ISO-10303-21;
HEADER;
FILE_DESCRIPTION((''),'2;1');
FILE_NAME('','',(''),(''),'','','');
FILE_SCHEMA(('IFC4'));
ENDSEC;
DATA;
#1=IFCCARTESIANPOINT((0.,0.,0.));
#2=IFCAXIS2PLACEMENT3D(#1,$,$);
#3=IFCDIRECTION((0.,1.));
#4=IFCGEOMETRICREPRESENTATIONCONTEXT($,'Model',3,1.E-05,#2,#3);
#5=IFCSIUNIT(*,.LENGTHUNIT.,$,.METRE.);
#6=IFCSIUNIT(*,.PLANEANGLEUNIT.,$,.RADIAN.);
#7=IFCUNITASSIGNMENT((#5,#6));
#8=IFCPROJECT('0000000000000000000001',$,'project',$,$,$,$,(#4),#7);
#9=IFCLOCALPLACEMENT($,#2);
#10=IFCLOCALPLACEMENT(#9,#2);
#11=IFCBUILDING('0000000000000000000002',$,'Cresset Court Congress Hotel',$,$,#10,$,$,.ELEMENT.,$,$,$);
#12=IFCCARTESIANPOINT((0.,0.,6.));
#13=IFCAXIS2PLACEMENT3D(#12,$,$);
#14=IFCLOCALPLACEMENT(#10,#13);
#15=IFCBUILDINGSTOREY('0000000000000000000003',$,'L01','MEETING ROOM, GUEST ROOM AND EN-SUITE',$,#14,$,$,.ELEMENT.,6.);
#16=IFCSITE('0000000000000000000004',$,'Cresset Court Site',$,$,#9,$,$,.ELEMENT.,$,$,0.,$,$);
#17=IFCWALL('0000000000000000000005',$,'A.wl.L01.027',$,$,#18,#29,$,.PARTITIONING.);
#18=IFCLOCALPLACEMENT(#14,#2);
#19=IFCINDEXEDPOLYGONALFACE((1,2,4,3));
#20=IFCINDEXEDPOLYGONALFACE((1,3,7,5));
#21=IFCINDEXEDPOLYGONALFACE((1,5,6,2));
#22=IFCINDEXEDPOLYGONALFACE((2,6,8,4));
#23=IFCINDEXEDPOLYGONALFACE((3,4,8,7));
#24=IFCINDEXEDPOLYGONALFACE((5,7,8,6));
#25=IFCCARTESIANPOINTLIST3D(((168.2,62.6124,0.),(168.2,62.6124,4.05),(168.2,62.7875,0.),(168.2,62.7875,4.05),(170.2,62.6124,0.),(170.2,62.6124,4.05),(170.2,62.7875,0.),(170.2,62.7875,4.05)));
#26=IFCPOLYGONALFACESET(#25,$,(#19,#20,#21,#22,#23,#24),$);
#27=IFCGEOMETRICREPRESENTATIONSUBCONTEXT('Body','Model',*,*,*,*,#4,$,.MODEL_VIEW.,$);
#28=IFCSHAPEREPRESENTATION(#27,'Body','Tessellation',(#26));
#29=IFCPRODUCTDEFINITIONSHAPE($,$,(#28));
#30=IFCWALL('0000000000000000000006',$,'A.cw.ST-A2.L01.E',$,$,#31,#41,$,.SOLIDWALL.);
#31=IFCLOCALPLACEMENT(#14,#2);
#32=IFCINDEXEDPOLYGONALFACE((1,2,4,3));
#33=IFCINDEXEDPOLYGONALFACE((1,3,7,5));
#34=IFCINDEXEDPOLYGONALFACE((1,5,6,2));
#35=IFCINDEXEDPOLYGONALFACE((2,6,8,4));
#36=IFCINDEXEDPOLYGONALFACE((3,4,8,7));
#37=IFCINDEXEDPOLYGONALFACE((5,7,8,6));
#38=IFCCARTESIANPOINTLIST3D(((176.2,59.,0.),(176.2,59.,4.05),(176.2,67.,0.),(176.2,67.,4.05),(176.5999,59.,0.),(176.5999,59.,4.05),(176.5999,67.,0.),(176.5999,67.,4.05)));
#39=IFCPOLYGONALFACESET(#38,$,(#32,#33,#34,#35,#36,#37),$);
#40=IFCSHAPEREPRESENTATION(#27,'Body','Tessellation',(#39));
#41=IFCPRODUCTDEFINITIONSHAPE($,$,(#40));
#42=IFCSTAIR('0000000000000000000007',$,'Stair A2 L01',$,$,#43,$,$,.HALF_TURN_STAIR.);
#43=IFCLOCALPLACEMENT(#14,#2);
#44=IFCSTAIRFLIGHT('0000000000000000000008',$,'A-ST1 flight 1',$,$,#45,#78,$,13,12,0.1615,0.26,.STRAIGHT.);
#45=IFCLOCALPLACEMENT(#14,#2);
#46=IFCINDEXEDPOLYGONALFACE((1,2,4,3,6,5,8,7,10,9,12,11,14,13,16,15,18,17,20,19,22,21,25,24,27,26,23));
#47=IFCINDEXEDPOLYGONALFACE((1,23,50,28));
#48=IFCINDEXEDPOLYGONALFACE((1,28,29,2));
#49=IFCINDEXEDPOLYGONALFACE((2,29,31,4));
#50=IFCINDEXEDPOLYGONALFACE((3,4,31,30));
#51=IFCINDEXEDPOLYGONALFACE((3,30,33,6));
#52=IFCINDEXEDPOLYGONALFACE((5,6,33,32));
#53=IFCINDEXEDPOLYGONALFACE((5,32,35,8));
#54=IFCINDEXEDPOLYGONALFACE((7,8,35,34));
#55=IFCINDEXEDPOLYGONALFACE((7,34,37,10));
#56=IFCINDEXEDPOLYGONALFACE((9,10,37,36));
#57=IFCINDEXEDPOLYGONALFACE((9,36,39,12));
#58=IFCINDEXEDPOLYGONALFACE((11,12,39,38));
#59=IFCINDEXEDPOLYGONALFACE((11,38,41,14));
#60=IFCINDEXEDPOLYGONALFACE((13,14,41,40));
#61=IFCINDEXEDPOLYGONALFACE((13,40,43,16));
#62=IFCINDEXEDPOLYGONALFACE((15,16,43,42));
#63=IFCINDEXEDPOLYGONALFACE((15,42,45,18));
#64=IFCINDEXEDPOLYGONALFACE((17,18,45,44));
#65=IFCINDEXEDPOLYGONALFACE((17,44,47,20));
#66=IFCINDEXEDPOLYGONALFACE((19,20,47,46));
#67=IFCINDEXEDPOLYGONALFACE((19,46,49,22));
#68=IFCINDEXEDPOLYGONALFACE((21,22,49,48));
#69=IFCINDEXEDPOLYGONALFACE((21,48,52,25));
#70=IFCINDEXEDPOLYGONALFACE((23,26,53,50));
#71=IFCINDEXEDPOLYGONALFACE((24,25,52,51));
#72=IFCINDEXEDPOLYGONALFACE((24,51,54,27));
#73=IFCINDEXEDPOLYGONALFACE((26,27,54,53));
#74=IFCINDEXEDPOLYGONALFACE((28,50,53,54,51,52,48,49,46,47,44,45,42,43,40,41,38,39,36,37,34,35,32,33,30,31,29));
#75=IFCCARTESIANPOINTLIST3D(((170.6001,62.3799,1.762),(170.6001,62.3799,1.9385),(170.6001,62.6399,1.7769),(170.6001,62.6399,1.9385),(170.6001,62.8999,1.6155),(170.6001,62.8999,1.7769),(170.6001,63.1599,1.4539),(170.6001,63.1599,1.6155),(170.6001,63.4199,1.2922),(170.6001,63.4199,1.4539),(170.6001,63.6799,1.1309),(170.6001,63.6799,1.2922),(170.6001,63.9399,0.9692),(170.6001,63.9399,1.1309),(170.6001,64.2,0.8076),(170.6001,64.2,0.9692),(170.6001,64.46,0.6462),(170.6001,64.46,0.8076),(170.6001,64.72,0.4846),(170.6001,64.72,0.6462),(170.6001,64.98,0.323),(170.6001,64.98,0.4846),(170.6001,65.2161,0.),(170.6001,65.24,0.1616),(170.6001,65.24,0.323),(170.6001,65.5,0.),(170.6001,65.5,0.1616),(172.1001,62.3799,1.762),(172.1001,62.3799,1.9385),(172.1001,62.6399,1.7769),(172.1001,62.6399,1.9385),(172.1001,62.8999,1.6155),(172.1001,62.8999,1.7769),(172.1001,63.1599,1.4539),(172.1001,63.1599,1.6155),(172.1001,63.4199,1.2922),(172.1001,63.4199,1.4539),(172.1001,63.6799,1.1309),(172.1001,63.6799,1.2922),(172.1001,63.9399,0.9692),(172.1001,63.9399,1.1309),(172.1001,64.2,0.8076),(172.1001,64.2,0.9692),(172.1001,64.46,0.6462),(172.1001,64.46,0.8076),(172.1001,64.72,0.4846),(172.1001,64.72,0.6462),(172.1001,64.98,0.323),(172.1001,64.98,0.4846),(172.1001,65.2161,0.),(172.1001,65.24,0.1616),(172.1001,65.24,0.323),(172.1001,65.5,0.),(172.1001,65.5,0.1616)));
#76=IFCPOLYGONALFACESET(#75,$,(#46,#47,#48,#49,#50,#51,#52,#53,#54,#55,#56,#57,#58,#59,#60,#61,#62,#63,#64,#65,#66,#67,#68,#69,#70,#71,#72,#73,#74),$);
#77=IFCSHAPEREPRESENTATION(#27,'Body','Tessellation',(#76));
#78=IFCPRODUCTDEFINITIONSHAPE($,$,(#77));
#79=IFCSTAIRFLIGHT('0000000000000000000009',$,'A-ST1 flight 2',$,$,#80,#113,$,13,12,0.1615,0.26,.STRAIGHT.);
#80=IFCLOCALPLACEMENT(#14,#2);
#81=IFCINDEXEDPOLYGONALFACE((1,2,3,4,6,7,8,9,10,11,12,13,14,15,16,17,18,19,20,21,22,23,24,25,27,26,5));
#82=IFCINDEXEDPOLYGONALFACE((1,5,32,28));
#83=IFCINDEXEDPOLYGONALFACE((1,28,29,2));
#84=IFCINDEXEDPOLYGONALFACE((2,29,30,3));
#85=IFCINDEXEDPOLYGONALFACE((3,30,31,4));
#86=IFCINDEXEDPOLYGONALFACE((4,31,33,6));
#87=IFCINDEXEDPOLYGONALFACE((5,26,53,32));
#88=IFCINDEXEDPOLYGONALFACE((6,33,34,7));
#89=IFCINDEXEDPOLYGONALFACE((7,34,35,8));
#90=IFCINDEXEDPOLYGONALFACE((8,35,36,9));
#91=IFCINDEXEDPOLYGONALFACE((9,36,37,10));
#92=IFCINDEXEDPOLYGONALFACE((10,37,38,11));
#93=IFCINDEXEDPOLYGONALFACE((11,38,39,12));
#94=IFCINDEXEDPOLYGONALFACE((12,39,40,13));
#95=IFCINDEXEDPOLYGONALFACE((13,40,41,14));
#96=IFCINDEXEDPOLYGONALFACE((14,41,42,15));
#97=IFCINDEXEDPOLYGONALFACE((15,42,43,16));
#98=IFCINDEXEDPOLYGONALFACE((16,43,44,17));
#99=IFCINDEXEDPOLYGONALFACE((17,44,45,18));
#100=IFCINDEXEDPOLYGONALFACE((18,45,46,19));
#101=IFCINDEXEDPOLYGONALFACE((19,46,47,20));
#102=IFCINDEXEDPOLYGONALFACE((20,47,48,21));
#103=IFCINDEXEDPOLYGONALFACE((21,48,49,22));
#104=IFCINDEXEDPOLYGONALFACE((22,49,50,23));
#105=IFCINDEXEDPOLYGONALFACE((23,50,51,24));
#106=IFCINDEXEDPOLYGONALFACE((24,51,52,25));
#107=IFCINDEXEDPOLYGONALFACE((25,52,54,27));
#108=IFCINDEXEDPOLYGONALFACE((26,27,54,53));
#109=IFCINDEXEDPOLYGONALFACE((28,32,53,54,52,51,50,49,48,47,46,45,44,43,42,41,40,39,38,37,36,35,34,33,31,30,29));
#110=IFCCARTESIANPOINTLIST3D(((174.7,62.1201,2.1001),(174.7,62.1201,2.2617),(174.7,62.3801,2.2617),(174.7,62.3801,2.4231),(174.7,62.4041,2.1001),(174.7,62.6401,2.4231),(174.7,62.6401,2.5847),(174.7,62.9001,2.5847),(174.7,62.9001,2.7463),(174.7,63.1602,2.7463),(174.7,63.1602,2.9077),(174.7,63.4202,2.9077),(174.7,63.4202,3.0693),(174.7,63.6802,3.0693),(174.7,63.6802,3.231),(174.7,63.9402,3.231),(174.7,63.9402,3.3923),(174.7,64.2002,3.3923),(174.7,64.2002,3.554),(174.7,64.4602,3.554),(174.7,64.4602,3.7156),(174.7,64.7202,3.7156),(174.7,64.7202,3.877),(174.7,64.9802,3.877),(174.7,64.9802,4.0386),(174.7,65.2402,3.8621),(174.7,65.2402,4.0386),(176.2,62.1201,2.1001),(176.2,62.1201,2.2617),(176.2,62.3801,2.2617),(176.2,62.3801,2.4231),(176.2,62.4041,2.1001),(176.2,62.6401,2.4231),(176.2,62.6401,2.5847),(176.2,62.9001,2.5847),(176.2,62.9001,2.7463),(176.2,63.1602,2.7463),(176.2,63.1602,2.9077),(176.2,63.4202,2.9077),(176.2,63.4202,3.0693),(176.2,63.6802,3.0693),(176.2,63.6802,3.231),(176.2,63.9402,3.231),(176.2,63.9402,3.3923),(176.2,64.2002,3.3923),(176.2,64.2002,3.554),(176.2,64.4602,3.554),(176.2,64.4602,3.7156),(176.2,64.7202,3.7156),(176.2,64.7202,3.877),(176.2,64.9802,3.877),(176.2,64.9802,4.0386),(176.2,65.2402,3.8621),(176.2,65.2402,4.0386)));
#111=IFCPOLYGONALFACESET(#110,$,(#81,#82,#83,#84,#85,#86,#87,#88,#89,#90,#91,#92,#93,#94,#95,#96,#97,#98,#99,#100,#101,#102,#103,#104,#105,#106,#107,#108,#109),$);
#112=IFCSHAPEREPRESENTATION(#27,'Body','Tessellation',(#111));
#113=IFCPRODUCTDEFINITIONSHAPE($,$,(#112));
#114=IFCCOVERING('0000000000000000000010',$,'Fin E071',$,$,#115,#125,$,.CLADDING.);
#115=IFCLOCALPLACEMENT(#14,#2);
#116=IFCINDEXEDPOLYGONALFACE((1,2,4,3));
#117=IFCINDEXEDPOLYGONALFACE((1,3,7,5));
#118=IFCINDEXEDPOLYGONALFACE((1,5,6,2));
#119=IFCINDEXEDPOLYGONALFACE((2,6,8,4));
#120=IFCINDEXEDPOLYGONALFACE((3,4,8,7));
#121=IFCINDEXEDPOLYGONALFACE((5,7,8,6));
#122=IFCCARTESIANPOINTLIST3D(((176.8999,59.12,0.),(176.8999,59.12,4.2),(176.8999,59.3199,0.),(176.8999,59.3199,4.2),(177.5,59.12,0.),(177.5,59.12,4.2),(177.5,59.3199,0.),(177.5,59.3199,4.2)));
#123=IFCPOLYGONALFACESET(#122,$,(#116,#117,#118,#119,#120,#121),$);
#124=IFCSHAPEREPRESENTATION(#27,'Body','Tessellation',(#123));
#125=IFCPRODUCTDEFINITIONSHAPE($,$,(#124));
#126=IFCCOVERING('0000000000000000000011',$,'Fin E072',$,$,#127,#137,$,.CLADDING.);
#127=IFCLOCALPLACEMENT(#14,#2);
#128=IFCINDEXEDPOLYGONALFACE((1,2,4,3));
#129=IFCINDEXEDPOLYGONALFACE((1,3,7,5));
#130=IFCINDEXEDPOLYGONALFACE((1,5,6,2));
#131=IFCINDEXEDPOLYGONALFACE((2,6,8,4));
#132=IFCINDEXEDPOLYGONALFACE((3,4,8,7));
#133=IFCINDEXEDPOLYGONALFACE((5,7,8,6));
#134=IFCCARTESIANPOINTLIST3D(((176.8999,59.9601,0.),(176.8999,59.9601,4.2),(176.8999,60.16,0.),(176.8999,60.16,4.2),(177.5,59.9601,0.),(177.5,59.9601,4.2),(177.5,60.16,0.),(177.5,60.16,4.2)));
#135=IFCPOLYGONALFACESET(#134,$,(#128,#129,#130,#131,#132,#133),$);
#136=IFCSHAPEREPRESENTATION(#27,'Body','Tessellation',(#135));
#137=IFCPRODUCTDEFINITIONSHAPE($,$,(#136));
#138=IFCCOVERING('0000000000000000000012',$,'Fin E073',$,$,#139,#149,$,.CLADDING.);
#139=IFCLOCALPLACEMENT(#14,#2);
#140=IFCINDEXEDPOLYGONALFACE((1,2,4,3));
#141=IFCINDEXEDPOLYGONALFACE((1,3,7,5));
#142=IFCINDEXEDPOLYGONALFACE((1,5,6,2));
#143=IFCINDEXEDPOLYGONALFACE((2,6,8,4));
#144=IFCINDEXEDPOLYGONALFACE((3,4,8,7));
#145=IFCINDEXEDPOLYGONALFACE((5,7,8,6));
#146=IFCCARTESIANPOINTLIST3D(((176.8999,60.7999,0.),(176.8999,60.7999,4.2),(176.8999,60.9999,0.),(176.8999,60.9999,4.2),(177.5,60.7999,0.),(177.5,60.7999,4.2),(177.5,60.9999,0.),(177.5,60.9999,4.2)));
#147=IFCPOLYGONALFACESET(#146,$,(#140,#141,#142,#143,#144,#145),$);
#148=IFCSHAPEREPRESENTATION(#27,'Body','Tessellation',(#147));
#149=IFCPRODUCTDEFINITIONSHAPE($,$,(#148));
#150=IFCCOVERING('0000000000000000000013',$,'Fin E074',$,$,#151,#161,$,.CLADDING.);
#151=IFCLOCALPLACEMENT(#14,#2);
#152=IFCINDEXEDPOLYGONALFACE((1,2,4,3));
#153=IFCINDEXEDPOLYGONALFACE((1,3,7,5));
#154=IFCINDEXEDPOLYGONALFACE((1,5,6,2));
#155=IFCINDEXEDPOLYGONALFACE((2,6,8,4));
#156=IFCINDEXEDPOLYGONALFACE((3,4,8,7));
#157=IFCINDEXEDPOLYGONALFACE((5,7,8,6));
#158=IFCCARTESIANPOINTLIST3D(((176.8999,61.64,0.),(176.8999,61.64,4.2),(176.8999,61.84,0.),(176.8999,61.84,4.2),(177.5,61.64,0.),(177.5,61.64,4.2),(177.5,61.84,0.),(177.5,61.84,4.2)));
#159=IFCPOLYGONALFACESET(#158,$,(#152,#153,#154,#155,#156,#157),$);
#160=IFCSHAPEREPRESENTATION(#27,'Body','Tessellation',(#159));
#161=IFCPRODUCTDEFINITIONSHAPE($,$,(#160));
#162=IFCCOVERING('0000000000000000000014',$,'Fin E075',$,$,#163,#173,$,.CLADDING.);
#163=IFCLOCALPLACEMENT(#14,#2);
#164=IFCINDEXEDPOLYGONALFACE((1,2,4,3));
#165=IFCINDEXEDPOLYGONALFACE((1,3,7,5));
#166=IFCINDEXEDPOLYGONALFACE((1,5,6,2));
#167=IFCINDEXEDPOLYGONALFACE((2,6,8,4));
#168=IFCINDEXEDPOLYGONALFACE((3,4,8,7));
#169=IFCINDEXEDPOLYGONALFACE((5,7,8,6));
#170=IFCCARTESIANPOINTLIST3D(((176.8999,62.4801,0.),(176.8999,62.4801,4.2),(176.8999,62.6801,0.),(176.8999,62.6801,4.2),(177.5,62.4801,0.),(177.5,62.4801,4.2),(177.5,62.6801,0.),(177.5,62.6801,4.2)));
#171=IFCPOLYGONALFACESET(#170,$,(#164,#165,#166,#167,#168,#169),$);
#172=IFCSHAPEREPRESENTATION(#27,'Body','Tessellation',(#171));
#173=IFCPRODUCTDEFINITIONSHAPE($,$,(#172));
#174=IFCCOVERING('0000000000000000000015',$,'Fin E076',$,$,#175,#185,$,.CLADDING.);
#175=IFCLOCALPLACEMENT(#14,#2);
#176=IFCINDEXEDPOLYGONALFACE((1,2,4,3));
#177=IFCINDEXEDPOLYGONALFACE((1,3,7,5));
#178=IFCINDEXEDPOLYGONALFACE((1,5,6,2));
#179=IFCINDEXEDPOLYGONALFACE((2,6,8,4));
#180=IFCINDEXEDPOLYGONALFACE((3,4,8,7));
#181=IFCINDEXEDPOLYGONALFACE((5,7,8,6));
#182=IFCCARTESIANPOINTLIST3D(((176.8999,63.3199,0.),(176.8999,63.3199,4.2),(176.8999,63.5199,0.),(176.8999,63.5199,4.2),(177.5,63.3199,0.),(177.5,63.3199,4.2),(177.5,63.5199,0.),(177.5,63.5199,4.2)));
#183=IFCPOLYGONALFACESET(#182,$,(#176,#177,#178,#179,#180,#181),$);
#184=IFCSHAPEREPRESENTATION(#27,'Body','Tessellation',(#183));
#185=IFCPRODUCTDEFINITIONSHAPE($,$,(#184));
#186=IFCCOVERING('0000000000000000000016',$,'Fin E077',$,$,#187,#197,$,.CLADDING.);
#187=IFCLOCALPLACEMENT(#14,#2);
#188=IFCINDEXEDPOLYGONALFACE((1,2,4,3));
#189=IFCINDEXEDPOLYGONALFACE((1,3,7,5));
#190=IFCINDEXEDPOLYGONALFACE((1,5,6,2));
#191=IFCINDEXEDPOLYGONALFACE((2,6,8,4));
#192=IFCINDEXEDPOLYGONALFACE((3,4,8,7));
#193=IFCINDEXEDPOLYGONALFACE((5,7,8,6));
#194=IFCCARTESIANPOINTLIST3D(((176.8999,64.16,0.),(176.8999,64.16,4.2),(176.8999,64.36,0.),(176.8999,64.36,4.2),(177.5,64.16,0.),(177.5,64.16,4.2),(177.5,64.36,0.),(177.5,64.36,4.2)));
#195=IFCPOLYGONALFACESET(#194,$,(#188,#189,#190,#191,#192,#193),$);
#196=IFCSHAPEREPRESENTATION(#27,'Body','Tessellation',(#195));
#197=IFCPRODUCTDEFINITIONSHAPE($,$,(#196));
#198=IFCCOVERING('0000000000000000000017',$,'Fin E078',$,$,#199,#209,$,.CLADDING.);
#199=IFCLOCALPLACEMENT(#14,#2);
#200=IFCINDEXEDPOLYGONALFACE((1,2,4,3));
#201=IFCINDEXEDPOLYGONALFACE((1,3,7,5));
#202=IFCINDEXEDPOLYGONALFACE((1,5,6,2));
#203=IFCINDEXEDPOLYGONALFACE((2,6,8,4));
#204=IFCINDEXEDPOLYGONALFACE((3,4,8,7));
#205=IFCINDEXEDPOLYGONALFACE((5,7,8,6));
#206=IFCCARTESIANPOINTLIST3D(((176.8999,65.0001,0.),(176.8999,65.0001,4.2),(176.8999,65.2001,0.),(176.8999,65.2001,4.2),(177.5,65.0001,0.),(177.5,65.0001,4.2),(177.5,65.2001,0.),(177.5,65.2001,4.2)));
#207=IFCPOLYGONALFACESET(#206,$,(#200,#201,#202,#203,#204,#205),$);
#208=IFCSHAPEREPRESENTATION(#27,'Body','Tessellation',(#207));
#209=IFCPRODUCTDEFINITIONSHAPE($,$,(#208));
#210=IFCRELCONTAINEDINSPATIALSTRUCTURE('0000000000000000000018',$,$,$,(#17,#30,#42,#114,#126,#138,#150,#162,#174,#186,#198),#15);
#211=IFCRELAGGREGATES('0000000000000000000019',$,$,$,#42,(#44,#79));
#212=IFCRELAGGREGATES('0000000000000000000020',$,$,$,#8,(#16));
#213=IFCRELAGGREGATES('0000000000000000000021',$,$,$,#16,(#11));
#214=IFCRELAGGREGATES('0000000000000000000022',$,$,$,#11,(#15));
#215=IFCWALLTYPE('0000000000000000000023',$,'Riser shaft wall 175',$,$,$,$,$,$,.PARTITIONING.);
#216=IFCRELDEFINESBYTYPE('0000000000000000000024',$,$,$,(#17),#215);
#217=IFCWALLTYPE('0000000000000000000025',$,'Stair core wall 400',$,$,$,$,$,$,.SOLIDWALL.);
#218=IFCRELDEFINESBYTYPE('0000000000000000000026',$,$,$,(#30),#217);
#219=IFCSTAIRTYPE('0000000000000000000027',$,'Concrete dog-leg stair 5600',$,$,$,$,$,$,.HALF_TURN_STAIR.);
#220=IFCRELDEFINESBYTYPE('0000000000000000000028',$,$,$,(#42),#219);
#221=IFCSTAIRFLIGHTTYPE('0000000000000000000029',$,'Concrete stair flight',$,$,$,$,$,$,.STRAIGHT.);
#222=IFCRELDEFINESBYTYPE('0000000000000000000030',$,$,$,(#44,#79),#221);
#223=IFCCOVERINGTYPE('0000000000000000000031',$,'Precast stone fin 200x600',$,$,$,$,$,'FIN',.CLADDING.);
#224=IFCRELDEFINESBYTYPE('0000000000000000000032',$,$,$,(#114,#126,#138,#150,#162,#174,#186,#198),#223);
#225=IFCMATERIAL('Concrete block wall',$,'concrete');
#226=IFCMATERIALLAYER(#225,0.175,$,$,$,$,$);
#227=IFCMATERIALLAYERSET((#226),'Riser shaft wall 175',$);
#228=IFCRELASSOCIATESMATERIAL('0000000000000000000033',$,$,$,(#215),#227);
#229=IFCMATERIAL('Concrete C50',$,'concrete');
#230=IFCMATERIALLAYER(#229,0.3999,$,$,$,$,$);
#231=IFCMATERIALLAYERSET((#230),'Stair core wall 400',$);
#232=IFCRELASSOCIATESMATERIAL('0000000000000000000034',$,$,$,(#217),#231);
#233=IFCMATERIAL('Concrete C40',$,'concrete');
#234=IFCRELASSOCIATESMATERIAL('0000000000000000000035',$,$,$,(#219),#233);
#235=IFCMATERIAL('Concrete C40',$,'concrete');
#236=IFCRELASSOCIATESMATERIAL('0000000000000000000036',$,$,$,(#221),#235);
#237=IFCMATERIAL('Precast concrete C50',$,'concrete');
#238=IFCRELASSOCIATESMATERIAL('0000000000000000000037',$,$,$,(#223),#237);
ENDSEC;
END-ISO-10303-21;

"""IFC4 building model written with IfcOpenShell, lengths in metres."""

from ifc_helpers import new_model, si_unit, direction, frame, frame_2d, origin, origin_2d, place, context, subcontext, project, spatial, polyline, rectangle, outline, extrude, material, layer, layer_set, type_object, element, aggregate, save


model = new_model("IFC4")

# Units and contexts
model_context = context("Model", 3, precision=1e-05, world=origin(), true_north=direction((0.0, 1.0)))
body_context = subcontext(model_context, "Body", "Model", "MODEL_VIEW")
ifc_project = project(units=[si_unit("LENGTHUNIT", "METRE"), si_unit("PLANEANGLEUNIT", "RADIAN")], contexts=[model_context])

# Site, building, storey
site_placement = place(None, origin())
site = spatial("IfcSite", under=ifc_project, at=site_placement, Name="Cresset Court Site", CompositionType="ELEMENT", RefElevation=0.0)
building_placement = place(site_placement, origin())
building = spatial("IfcBuilding", under=site, at=building_placement, Name="Cresset Court Congress Hotel", CompositionType="ELEMENT")
storey_placement = place(building_placement, frame((0.0, 0.0, 6.0)))
storey = spatial("IfcBuildingStorey", under=building, at=storey_placement, Name="L01", Description="MEETING ROOM, GUEST ROOM AND EN-SUITE", CompositionType="ELEMENT", Elevation=6.0)

# Walls
ifc_material_1 = material(Name="Concrete block wall", Category="concrete")
ifc_layer_1 = layer(ifc_material_1, 0.175)
ifc_layer_set_1 = layer_set([ifc_layer_1], Name="Riser shaft wall 175")
wall_type_1 = type_object("IfcWallType", Name="Riser shaft wall 175", PredefinedType="PARTITIONING", material=ifc_layer_set_1)
wall_1_placement = place(storey_placement, frame((168.2, 62.7, 0.0), z_axis=(0.0, 0.0, 1.0), x_axis=(1.0, 0.0, 0.0)))
element("IfcWall", 1, at=wall_1_placement, inside=storey, type_object=wall_type_1, Name="A.wl.L01.027", PredefinedType="PARTITIONING", context=body_context, shape_type="SweptSolid", body=[
    extrude(rectangle(XDim=2.0, YDim=0.175, at=frame_2d((1.0, 0.0))), origin(), (0.0, 0.0, 1.0), 4.05),
])
ifc_material_2 = material(Name="Concrete C50", Category="concrete")
ifc_layer_2 = layer(ifc_material_2, 0.3999)
ifc_layer_set_2 = layer_set([ifc_layer_2], Name="Stair core wall 400")
wall_type_2 = type_object("IfcWallType", Name="Stair core wall 400", PredefinedType="SOLIDWALL", material=ifc_layer_set_2)
wall_2_placement = place(storey_placement, frame((176.3999, 59.0, 0.0), z_axis=(0.0, 0.0, 1.0), x_axis=(0.0, 1.0, 0.0)))
element("IfcWall", 2, at=wall_2_placement, inside=storey, type_object=wall_type_2, Name="A.cw.ST-A2.L01.E", PredefinedType="SOLIDWALL", context=body_context, shape_type="SweptSolid", body=[
    extrude(rectangle(XDim=8.0, YDim=0.3999, at=frame_2d((4.0, 0.0))), origin(), (0.0, 0.0, 1.0), 4.05),
])

# Stair, stair flights
ifc_material_3 = material(Name="Concrete C40", Category="concrete")
stair_type = type_object("IfcStairType", Name="Concrete dog-leg stair 5600", PredefinedType="HALF_TURN_STAIR", material=ifc_material_3)
stair_placement = place(storey_placement, origin())
stair = element("IfcStair", 3, at=stair_placement, inside=storey, type_object=stair_type, Name="Stair A2 L01", PredefinedType="HALF_TURN_STAIR")
ifc_material_4 = material(Name="Concrete C40", Category="concrete")
stair_flight_type = type_object("IfcStairFlightType", Name="Concrete stair flight", PredefinedType="STRAIGHT", material=ifc_material_4)
stair_flight_1_placement = place(storey_placement, frame((171.3501, 65.5, 0.0), z_axis=(0.0, 0.0, 1.0), x_axis=(0.0, -1.0, 0.0)))
stair_flight_1 = element("IfcStairFlight", 4, at=stair_flight_1_placement, type_object=stair_flight_type, Name="A-ST1 flight 1", NumberOfRisers=13, NumberOfTreads=12, PredefinedType="STRAIGHT", RiserHeight=0.1615, TreadLength=0.26, context=body_context, shape_type="SweptSolid", body=[
    extrude(outline(polyline([(0.0, 0.0), (0.0, 0.1616), (0.26, 0.1616), (0.26, 0.323), (0.52, 0.323), (0.52, 0.4846), (0.78, 0.4846), (0.78, 0.6462), (1.04, 0.6462), (1.04, 0.8076), (1.3, 0.8076), (1.3, 0.9692), (1.5601, 0.9692), (1.5601, 1.1309), (1.8201, 1.1309), (1.8201, 1.2922), (2.0801, 1.2922), (2.0801, 1.4539), (2.3401, 1.4539), (2.3401, 1.6155), (2.6001, 1.6155), (2.6001, 1.7769), (2.8601, 1.7769), (2.8601, 1.9385), (3.1201, 1.9385), (3.1201, 2.1001), (3.1201, 1.762), (0.2839, 0.0), (0.0, 0.0)])), frame((0.0, 0.75, 0.0), z_axis=(0.0, -1.0, 0.0), x_axis=(1.0, 0.0, 0.0)), (0.0, 0.0, 1.0), 1.5),
])
stair_flight_2_placement = place(storey_placement, frame((175.45, 62.1201, 2.1001), z_axis=(0.0, 0.0, 1.0), x_axis=(0.0, 1.0, 0.0)))
stair_flight_2 = element("IfcStairFlight", 5, at=stair_flight_2_placement, type_object=stair_flight_type, Name="A-ST1 flight 2", NumberOfRisers=13, NumberOfTreads=12, PredefinedType="STRAIGHT", RiserHeight=0.1615, TreadLength=0.26, context=body_context, shape_type="SweptSolid", body=[
    extrude(outline(polyline([(0.0, 0.0), (0.0, 0.1616), (0.26, 0.1616), (0.26, 0.323), (0.52, 0.323), (0.52, 0.4846), (0.78, 0.4846), (0.78, 0.6462), (1.04, 0.6462), (1.04, 0.8076), (1.3, 0.8076), (1.3, 0.9692), (1.5601, 0.9692), (1.5601, 1.1309), (1.8201, 1.1309), (1.8201, 1.2922), (2.0801, 1.2922), (2.0801, 1.4539), (2.3401, 1.4539), (2.3401, 1.6155), (2.6001, 1.6155), (2.6001, 1.7769), (2.8601, 1.7769), (2.8601, 1.9385), (3.1201, 1.9385), (3.1201, 2.1001), (3.1201, 1.762), (0.2839, 0.0), (0.0, 0.0)])), frame((0.0, 0.75, 0.0), z_axis=(0.0, -1.0, 0.0), x_axis=(1.0, 0.0, 0.0)), (0.0, 0.0, 1.0), 1.5),
])
aggregate(stair, [stair_flight_1, stair_flight_2])

# Coverings
ifc_material_5 = material(Name="Precast concrete C50", Category="concrete")
covering_type = type_object("IfcCoveringType", Name="Precast stone fin 200x600", ElementType="FIN", PredefinedType="CLADDING", material=ifc_material_5)
for number, where, z_axis, x_axis, name in (
    (6, (177.2, 59.22, 0.0), (0.0, 0.0, 1.0), (1.0, 0.0, 0.0), "Fin E071"),
    (7, (177.2, 60.0601, 0.0), (0.0, 0.0, 1.0), (1.0, 0.0, 0.0), "Fin E072"),
    (8, (177.2, 60.8999, 0.0), (0.0, 0.0, 1.0), (1.0, 0.0, 0.0), "Fin E073"),
    (9, (177.2, 61.74, 0.0), (0.0, 0.0, 1.0), (1.0, 0.0, 0.0), "Fin E074"),
    (10, (177.2, 62.5801, 0.0), (0.0, 0.0, 1.0), (1.0, 0.0, 0.0), "Fin E075"),
    (11, (177.2, 63.4199, 0.0), (0.0, 0.0, 1.0), (1.0, 0.0, 0.0), "Fin E076"),
    (12, (177.2, 64.26, 0.0), (0.0, 0.0, 1.0), (1.0, 0.0, 0.0), "Fin E077"),
    (13, (177.2, 65.1001, 0.0), (0.0, 0.0, 1.0), (1.0, 0.0, 0.0), "Fin E078"),
):
    element("IfcCovering", number, at=place(storey_placement, frame(where, z_axis=z_axis, x_axis=x_axis)), inside=storey, type_object=covering_type, Name=name, PredefinedType="CLADDING", context=body_context, shape_type="SweptSolid", body=[
        extrude(rectangle(XDim=0.6001, YDim=0.2, at=origin_2d()), origin(), (0.0, 0.0, 1.0), 4.2),
    ])

save(model, "model.ifc")
